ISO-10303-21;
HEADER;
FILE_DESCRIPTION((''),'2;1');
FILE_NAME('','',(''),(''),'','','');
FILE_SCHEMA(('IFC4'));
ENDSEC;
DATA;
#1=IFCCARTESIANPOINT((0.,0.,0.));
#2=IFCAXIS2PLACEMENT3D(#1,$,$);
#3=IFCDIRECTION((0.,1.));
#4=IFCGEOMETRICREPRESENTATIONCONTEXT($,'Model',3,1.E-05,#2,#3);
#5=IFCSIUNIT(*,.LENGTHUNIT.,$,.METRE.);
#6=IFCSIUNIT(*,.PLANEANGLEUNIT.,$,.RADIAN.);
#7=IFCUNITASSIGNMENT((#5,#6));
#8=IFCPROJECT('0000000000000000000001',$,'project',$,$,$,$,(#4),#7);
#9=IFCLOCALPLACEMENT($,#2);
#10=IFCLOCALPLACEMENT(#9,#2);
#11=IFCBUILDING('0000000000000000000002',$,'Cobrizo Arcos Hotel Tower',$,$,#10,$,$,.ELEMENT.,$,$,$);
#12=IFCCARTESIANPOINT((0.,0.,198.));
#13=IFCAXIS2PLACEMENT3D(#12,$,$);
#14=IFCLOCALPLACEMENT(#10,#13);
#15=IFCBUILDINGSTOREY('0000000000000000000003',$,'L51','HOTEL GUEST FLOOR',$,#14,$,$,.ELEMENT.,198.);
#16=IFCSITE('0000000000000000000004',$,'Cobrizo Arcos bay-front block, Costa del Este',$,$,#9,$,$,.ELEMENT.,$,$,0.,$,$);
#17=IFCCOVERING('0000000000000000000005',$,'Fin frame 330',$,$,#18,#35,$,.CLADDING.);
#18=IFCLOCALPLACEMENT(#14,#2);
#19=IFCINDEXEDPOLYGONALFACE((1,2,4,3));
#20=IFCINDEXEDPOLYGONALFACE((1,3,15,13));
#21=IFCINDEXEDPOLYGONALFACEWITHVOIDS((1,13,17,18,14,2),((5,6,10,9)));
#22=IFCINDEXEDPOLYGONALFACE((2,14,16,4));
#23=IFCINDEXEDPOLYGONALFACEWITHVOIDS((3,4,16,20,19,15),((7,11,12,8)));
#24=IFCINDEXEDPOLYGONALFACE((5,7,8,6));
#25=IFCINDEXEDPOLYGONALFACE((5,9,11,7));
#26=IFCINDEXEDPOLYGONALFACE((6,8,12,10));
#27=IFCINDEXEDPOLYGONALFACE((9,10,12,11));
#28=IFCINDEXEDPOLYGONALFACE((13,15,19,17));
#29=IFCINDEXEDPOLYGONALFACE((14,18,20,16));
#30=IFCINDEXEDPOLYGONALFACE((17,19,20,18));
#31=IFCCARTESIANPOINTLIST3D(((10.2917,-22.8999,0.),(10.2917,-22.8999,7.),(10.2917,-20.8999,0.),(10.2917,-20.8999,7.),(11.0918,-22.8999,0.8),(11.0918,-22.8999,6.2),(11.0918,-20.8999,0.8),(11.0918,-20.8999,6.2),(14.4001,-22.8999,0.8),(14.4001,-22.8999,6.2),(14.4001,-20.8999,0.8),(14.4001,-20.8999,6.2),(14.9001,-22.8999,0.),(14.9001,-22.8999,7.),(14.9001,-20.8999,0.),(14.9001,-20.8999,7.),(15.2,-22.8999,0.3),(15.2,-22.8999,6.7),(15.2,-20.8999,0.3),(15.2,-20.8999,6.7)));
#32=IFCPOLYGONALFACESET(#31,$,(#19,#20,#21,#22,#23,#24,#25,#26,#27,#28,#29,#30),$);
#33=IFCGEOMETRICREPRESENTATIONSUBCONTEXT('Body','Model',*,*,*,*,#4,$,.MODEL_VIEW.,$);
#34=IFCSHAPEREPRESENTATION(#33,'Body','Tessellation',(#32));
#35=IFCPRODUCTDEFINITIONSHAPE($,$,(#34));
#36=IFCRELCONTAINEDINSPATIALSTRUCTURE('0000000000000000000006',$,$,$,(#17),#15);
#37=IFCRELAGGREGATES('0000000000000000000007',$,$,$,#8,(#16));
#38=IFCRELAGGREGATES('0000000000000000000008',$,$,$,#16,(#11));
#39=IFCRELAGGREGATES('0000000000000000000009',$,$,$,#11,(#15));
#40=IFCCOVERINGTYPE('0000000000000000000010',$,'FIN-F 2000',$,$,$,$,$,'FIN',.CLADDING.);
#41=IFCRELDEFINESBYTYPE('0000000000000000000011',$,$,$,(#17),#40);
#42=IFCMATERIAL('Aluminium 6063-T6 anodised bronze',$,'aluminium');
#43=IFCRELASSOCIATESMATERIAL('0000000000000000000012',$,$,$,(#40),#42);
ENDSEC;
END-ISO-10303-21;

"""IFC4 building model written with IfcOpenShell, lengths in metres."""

from ifc_helpers import new_model, si_unit, direction, frame, origin, place, context, subcontext, project, spatial, polyline, outline, extrude, material, type_object, element, save


model = new_model("IFC4")

# Units and contexts
model_context = context("Model", 3, precision=1e-05, world=origin(), true_north=direction((0.0, 1.0)))
body_context = subcontext(model_context, "Body", "Model", "MODEL_VIEW")
ifc_project = project(units=[si_unit("LENGTHUNIT", "METRE"), si_unit("PLANEANGLEUNIT", "RADIAN")], contexts=[model_context])

# Site, building, storey
site_placement = place(None, origin())
site = spatial("IfcSite", under=ifc_project, at=site_placement, Name="Cobrizo Arcos bay-front block, Costa del Este", CompositionType="ELEMENT", RefElevation=0.0)
building_placement = place(site_placement, origin())
building = spatial("IfcBuilding", under=site, at=building_placement, Name="Cobrizo Arcos Hotel Tower", CompositionType="ELEMENT")
storey_placement = place(building_placement, frame((0.0, 0.0, 198.0)))
storey = spatial("IfcBuildingStorey", under=building, at=storey_placement, Name="L51", Description="HOTEL GUEST FLOOR", CompositionType="ELEMENT", Elevation=198.0)

# Shared definitions
ifc_material_1 = material(Name="Aluminium 6063-T6 anodised bronze", Category="aluminium")

# Covering
covering_type_1 = type_object("IfcCoveringType", Name="FIN-F 2000", ElementType="FIN", PredefinedType="CLADDING", material=ifc_material_1)
covering_1_placement = place(storey_placement, frame((10.2917, -20.8999, 0.0), z_axis=(0.0, -1.0, 0.0), x_axis=(1.0, 0.0, 0.0)))
element("IfcCovering", 1, at=covering_1_placement, inside=storey, type_object=covering_type_1, Name="Fin frame 330", PredefinedType="CLADDING", context=body_context, shape_type="SweptSolid", body=[
    extrude(outline(polyline([(0.0, 7.0), (0.0, 0.0), (4.6084, 0.0), (4.9082, 0.3), (4.9082, 6.7), (4.6084, 7.0), (0.0, 7.0)]), holes=[polyline([(4.1084, 0.8), (0.8, 0.8), (0.8, 6.2), (4.1084, 6.2), (4.1084, 0.8)])]), origin(), (0.0, 0.0, 1.0), 2.0),
])

save(model, "model.ifc")
